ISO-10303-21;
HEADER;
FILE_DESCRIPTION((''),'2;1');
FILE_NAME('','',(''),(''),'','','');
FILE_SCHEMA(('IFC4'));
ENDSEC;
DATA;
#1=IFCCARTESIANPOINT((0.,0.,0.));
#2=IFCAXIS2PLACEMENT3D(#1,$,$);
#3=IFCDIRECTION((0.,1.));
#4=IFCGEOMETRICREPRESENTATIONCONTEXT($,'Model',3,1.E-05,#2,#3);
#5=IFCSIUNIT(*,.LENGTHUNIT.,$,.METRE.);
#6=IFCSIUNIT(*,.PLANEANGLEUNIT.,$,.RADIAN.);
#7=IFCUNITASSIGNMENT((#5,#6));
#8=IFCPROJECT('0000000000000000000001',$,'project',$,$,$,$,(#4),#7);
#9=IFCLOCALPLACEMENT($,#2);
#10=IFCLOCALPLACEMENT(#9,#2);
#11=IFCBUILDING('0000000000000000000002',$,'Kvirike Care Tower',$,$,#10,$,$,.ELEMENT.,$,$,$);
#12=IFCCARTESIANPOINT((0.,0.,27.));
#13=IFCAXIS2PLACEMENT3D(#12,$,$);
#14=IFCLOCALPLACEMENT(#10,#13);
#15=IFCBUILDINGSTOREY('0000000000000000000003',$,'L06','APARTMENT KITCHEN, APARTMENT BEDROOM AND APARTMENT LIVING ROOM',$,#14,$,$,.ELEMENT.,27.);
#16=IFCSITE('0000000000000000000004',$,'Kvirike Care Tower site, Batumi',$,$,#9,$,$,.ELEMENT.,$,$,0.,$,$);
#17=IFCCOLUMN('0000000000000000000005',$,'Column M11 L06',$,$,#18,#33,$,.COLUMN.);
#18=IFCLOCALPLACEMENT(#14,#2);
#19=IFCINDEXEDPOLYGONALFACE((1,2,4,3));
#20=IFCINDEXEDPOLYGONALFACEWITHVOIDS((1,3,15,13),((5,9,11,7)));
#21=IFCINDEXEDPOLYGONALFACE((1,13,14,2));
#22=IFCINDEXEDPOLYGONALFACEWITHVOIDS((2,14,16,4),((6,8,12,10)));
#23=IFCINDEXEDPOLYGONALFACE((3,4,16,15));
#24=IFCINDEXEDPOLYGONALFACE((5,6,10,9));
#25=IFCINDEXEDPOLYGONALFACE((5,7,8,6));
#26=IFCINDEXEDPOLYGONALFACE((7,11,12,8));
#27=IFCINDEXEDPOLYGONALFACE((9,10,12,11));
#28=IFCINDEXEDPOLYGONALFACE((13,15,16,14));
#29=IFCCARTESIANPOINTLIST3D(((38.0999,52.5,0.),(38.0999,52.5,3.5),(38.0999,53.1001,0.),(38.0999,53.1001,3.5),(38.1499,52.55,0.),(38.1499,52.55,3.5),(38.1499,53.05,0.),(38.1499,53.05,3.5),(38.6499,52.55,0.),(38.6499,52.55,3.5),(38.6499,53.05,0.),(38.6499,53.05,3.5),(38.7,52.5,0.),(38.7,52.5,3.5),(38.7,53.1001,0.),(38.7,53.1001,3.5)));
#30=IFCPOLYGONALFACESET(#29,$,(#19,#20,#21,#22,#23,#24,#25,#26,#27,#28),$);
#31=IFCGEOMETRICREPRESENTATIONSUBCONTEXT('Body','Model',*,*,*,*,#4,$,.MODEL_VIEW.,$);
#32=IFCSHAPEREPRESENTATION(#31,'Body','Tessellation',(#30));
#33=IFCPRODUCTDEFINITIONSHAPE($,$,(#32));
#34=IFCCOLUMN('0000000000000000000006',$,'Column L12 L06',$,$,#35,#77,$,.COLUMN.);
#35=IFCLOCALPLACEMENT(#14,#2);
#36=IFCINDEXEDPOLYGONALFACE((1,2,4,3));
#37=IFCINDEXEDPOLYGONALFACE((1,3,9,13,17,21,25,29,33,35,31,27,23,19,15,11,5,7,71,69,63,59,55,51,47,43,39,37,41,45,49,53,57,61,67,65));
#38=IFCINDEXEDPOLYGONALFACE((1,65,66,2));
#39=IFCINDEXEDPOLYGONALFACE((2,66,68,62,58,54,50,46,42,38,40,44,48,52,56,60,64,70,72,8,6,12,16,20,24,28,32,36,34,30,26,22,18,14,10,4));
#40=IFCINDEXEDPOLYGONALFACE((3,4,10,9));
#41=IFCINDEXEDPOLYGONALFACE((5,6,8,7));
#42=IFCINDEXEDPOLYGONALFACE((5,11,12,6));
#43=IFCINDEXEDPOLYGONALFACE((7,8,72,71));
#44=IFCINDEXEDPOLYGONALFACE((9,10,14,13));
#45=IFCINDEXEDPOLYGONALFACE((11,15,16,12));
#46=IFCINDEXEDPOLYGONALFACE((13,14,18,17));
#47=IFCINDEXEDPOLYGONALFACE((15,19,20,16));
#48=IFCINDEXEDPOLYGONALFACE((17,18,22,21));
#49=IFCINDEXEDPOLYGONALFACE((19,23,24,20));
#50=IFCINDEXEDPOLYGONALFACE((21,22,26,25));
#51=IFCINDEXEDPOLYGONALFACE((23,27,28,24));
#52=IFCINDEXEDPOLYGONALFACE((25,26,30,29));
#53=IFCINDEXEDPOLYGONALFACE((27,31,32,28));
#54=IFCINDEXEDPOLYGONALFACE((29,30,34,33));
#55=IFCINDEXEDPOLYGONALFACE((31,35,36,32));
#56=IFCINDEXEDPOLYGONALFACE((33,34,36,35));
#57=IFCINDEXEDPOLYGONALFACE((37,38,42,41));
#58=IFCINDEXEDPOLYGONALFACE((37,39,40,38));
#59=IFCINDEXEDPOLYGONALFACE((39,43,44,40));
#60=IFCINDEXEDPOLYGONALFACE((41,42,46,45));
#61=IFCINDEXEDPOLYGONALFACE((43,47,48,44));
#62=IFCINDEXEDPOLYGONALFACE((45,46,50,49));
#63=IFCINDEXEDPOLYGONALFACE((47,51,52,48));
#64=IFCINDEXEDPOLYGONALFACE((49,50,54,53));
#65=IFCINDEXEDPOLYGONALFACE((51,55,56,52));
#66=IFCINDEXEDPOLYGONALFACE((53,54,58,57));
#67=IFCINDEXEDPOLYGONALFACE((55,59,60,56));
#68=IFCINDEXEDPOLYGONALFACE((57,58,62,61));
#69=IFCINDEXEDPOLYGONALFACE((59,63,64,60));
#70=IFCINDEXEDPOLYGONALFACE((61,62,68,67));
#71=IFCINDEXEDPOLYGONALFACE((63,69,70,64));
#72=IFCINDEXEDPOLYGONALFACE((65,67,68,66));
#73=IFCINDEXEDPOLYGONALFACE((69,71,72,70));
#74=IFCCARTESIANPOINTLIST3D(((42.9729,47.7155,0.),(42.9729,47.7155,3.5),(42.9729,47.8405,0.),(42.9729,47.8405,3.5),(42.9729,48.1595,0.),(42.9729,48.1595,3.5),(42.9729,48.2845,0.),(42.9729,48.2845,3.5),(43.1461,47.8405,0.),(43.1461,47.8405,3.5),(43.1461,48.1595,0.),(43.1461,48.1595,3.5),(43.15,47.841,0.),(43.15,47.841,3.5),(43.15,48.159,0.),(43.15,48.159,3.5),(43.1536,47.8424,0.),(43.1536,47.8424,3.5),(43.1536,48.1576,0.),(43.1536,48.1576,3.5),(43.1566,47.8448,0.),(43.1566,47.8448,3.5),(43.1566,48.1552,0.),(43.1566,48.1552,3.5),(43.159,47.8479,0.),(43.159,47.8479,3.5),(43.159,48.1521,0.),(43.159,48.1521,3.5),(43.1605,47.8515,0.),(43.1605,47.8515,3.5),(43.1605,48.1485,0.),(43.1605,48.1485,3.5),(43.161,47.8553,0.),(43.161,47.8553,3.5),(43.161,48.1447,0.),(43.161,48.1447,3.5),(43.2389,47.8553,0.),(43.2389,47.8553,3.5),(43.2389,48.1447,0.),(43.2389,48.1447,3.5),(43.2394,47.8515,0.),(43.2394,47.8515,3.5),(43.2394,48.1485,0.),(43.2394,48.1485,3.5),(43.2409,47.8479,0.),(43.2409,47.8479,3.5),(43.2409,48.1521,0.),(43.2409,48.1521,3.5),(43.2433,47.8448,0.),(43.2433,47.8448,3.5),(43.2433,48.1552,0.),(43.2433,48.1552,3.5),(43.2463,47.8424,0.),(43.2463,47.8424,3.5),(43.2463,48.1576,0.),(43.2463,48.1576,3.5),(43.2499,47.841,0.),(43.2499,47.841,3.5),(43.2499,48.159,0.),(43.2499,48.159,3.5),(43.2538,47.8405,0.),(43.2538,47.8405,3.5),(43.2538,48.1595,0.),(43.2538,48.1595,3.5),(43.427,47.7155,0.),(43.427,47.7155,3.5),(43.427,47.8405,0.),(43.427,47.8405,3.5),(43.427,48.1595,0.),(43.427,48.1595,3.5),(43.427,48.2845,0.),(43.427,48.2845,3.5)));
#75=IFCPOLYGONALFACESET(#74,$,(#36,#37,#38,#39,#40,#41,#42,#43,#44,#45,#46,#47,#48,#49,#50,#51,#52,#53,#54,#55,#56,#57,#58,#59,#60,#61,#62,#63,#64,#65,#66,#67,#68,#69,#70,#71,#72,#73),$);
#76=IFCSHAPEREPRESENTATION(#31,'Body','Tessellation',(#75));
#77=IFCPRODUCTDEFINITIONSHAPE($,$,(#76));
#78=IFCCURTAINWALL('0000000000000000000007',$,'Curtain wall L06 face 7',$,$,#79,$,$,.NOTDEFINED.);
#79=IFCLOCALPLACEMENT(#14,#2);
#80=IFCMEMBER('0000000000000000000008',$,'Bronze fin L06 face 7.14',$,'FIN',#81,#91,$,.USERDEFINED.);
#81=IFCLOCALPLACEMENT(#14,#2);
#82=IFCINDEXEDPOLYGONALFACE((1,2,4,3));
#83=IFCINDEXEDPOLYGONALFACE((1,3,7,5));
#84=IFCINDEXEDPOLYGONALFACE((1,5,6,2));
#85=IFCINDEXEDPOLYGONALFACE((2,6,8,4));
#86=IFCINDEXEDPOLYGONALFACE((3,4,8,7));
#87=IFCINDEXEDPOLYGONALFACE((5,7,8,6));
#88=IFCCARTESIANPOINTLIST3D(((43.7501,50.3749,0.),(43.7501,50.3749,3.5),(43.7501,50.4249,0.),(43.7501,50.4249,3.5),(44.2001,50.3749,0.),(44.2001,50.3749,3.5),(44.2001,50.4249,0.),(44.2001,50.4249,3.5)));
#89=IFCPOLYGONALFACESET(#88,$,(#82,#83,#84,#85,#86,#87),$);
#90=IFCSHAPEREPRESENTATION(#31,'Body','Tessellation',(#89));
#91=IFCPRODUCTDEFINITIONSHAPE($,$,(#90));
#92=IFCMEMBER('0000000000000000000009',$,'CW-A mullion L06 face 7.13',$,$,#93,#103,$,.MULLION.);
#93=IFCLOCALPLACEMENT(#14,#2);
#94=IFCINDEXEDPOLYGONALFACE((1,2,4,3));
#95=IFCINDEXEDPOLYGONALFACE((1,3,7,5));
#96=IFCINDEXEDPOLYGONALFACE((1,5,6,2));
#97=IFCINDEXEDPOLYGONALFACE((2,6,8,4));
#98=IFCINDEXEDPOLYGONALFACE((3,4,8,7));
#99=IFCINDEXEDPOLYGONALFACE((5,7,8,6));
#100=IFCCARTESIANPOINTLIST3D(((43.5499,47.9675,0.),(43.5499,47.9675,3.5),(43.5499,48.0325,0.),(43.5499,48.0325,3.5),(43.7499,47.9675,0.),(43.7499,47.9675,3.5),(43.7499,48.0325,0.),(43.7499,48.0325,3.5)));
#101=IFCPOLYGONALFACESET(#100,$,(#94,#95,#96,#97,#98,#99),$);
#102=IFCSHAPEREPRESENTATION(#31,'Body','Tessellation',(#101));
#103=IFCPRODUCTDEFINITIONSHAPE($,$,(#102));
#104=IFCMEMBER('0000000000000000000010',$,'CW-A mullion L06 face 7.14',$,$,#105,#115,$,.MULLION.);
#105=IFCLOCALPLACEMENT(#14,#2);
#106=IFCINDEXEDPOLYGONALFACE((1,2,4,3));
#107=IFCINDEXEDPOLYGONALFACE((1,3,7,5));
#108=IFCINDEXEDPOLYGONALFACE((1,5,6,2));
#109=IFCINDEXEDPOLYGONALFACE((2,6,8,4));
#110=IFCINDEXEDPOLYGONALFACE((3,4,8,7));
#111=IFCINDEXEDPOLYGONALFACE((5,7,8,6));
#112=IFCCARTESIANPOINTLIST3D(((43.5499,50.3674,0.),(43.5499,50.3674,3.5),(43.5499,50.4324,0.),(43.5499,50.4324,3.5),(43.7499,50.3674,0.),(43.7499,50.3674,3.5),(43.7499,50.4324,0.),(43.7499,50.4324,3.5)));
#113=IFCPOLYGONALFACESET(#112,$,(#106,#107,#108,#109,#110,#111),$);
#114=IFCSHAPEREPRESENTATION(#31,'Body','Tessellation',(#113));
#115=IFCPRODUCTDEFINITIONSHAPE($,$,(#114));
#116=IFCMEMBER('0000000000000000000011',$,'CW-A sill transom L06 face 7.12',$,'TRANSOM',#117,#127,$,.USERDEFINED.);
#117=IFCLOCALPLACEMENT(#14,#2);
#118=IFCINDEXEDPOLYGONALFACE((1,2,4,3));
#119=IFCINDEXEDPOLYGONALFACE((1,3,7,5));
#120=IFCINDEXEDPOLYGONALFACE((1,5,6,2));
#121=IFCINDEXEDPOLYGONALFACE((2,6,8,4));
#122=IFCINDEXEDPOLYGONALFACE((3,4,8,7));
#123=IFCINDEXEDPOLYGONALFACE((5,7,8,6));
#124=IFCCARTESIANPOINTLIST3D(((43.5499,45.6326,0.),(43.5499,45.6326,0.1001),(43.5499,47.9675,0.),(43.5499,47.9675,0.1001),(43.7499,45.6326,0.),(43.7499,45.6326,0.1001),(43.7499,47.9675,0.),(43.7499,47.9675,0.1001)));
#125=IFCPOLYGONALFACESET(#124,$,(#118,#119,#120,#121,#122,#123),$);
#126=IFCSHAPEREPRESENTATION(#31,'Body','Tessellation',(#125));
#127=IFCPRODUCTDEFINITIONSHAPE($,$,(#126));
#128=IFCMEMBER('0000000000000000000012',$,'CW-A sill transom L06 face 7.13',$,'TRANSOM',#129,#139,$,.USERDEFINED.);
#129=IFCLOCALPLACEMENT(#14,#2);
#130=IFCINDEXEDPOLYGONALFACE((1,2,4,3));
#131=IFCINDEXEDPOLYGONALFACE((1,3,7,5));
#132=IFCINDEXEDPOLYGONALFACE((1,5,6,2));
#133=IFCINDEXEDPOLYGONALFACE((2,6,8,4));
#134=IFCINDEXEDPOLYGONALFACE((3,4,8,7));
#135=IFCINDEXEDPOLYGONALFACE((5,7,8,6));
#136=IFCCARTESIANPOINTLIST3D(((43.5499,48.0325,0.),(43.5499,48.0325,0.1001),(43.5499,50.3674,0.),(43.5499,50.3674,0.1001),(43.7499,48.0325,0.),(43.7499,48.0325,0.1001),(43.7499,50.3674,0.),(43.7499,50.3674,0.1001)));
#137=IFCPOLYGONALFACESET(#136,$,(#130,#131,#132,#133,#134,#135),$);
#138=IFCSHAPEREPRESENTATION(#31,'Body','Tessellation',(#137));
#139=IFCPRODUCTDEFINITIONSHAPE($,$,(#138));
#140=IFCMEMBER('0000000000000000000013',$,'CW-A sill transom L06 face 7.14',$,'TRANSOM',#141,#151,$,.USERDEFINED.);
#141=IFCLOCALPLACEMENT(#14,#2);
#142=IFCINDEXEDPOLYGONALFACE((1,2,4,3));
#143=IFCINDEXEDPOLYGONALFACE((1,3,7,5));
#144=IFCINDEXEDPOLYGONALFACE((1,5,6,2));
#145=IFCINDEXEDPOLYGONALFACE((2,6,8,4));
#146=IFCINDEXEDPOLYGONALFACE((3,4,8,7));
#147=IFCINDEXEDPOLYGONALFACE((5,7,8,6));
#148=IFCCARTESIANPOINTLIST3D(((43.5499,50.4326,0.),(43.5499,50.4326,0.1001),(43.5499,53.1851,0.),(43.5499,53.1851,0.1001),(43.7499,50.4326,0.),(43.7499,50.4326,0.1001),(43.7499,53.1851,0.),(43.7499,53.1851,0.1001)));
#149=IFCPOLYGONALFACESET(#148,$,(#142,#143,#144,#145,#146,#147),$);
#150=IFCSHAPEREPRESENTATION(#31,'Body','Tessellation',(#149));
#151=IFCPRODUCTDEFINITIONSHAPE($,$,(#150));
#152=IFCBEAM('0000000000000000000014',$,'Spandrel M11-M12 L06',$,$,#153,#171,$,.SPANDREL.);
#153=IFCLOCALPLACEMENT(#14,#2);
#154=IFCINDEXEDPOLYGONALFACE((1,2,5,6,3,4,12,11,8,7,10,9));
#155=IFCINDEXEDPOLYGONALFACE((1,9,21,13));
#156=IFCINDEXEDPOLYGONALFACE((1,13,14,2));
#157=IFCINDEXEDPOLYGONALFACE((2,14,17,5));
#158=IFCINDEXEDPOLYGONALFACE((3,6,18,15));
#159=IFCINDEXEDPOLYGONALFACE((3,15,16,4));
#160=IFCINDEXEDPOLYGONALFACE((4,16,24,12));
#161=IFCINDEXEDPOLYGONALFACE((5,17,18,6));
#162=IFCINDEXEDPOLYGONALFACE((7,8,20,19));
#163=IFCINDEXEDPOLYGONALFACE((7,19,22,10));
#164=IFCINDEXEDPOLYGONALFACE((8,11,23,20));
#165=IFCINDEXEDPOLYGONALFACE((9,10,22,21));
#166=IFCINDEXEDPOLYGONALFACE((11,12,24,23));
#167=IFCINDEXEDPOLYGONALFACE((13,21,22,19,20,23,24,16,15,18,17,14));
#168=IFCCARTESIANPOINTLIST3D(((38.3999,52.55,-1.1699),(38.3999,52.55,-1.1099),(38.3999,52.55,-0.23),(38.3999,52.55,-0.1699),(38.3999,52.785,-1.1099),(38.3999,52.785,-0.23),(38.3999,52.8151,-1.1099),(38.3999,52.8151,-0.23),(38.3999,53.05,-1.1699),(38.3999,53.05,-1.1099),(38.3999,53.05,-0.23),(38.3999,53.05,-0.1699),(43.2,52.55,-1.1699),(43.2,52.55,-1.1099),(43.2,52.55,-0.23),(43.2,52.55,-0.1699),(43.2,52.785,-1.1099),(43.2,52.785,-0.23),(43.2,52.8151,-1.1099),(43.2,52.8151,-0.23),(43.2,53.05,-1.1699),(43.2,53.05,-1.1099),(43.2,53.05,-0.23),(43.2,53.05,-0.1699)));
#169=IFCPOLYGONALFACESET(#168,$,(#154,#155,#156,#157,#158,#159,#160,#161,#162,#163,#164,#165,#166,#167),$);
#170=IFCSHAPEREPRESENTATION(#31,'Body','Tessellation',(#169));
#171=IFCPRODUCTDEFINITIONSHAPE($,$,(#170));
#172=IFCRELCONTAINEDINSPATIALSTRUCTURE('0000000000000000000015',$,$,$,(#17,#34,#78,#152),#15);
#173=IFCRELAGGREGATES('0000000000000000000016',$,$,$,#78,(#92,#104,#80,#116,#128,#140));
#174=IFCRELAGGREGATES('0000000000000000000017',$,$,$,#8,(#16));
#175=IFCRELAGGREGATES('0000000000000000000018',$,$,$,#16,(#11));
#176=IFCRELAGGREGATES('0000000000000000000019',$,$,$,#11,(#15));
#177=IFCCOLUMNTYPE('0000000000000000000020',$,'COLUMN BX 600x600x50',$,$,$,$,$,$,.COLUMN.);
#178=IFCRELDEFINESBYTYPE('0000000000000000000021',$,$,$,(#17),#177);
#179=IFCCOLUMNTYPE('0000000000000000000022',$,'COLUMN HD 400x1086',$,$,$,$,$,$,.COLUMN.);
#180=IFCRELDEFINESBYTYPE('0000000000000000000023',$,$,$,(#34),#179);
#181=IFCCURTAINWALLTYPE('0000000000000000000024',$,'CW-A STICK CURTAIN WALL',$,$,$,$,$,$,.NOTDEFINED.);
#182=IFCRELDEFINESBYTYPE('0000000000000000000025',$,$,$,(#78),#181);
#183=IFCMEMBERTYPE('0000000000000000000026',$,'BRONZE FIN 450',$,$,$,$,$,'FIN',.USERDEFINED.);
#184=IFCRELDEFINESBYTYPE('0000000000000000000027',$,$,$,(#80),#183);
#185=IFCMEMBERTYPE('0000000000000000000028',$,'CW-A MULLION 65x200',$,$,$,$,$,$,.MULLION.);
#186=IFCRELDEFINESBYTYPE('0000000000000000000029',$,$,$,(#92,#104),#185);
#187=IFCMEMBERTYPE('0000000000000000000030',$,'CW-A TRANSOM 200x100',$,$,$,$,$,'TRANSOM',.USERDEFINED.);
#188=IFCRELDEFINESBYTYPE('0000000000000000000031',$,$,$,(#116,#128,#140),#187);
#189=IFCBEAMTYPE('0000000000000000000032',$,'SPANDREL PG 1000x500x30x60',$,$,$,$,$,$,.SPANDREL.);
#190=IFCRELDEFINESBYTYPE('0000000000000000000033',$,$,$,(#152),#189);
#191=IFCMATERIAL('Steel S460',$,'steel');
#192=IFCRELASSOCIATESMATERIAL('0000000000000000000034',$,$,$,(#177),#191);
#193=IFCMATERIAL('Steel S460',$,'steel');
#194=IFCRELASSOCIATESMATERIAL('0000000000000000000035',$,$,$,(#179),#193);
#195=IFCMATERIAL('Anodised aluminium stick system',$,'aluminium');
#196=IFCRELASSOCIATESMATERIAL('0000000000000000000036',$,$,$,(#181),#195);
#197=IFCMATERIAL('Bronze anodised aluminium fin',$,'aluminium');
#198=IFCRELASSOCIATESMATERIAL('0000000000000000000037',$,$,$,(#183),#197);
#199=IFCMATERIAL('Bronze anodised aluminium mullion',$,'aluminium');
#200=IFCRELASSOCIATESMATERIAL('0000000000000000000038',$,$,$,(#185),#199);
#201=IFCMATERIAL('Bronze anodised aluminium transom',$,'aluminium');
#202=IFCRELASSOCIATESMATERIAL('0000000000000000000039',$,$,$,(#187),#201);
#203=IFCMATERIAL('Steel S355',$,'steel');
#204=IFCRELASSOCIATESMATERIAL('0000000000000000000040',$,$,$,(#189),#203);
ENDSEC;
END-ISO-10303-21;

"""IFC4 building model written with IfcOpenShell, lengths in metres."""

from ifc_helpers import new_model, si_unit, direction, frame, origin, origin_2d, place, context, subcontext, project, spatial, rectangle, hollow_rectangle, i_section, extrude, material, material_profile, profile_set, type_object, element, aggregate, save


model = new_model("IFC4")

# Units and contexts
model_context = context("Model", 3, precision=1e-05, world=origin(), true_north=direction((0.0, 1.0)))
body_context = subcontext(model_context, "Body", "Model", "MODEL_VIEW")
ifc_project = project(units=[si_unit("LENGTHUNIT", "METRE"), si_unit("PLANEANGLEUNIT", "RADIAN")], contexts=[model_context])

# Site, building, storey
site_placement = place(None, origin())
site = spatial("IfcSite", under=ifc_project, at=site_placement, Name="Kvirike Care Tower site, Batumi", CompositionType="ELEMENT", RefElevation=0.0)
building_placement = place(site_placement, origin())
building = spatial("IfcBuilding", under=site, at=building_placement, Name="Kvirike Care Tower", CompositionType="ELEMENT")
storey_placement = place(building_placement, frame((0.0, 0.0, 27.0)))
storey = spatial("IfcBuildingStorey", under=building, at=storey_placement, Name="L06", Description="APARTMENT KITCHEN, APARTMENT BEDROOM AND APARTMENT LIVING ROOM", CompositionType="ELEMENT", Elevation=27.0)

# Columns
ifc_material_1 = material(Name="Steel S460", Category="steel")
ifc_material_profile_1 = material_profile(ifc_material_1, hollow_rectangle(XDim=0.6001, YDim=0.6001, WallThickness=0.05, at=origin_2d()), Name="BX 600x600x50")
ifc_profile_set_1 = profile_set([ifc_material_profile_1], Name="Steel S460")
column_type_1 = type_object("IfcColumnType", Name="COLUMN BX 600x600x50", PredefinedType="COLUMN", material=ifc_profile_set_1)
column_1_placement = place(storey_placement, frame((38.3999, 52.8, 0.0), z_axis=(0.0, 0.0, 1.0), x_axis=(0.0, 1.0, 0.0)))
element("IfcColumn", 1, at=column_1_placement, inside=storey, type_object=column_type_1, Name="Column M11 L06", PredefinedType="COLUMN", context=body_context, shape_type="SweptSolid", body=[
    extrude(hollow_rectangle(XDim=0.6001, YDim=0.6001, WallThickness=0.05, at=origin_2d()), origin(), (0.0, 0.0, 1.0), 3.5),
])
ifc_material_2 = material(Name="Steel S460", Category="steel")
ifc_material_profile_2 = material_profile(ifc_material_2, i_section(OverallWidth=0.4541, OverallDepth=0.5691, WebThickness=0.0779, FlangeThickness=0.125, FilletRadius=0.0149, at=origin_2d()), Name="HD 400x1086")
ifc_profile_set_2 = profile_set([ifc_material_profile_2], Name="Steel S460")
column_type_2 = type_object("IfcColumnType", Name="COLUMN HD 400x1086", PredefinedType="COLUMN", material=ifc_profile_set_2)
column_2_placement = place(storey_placement, frame((43.2, 48.0, 0.0), z_axis=(0.0, 0.0, 1.0), x_axis=(1.0, 0.0, 0.0)))
element("IfcColumn", 2, at=column_2_placement, inside=storey, type_object=column_type_2, Name="Column L12 L06", PredefinedType="COLUMN", context=body_context, shape_type="SweptSolid", body=[
    extrude(i_section(OverallWidth=0.4541, OverallDepth=0.5691, WebThickness=0.0779, FlangeThickness=0.125, FilletRadius=0.0149, at=origin_2d()), origin(), (0.0, 0.0, 1.0), 3.5),
])

# Curtain wall, members
ifc_material_3 = material(Name="Anodised aluminium stick system", Category="aluminium")
curtain_wall_type = type_object("IfcCurtainWallType", Name="CW-A STICK CURTAIN WALL", PredefinedType="NOTDEFINED", material=ifc_material_3)
curtain_wall_placement = place(storey_placement, origin())
curtain_wall = element("IfcCurtainWall", 3, at=curtain_wall_placement, inside=storey, type_object=curtain_wall_type, Name="Curtain wall L06 face 7", PredefinedType="NOTDEFINED")
ifc_material_4 = material(Name="Bronze anodised aluminium fin", Category="aluminium")
ifc_material_profile_3 = material_profile(ifc_material_4, rectangle(XDim=0.05, YDim=0.45, at=origin_2d()), Name="BRONZE FIN 450")
ifc_profile_set_3 = profile_set([ifc_material_profile_3], Name="Bronze anodised aluminium fin")
member_type_1 = type_object("IfcMemberType", Name="BRONZE FIN 450", ElementType="FIN", PredefinedType="USERDEFINED", material=ifc_profile_set_3)
member_1_placement = place(storey_placement, frame((43.9751, 50.3999, 0.0), z_axis=(0.0, 0.0, 1.0), x_axis=(0.0, 1.0, 0.0)))
member_1 = element("IfcMember", 4, at=member_1_placement, type_object=member_type_1, Name="Bronze fin L06 face 7.14", ObjectType="FIN", PredefinedType="USERDEFINED", context=body_context, shape_type="SweptSolid", body=[
    extrude(rectangle(XDim=0.05, YDim=0.45, at=origin_2d()), origin(), (0.0, 0.0, 1.0), 3.5),
])
ifc_material_5 = material(Name="Bronze anodised aluminium mullion", Category="aluminium")
ifc_material_profile_4 = material_profile(ifc_material_5, rectangle(XDim=0.0649, YDim=0.2, at=origin_2d()), Name="CW-A MULLION 65x200")
ifc_profile_set_4 = profile_set([ifc_material_profile_4], Name="Bronze anodised aluminium mullion")
member_type_2 = type_object("IfcMemberType", Name="CW-A MULLION 65x200", PredefinedType="MULLION", material=ifc_profile_set_4)
member_2_placement = place(storey_placement, frame((43.6499, 48.0, 0.0), z_axis=(0.0, 0.0, 1.0), x_axis=(0.0, 1.0, 0.0)))
member_2 = element("IfcMember", 5, at=member_2_placement, type_object=member_type_2, Name="CW-A mullion L06 face 7.13", PredefinedType="MULLION", context=body_context, shape_type="SweptSolid", body=[
    extrude(rectangle(XDim=0.0649, YDim=0.2, at=origin_2d()), origin(), (0.0, 0.0, 1.0), 3.5),
])
member_3_placement = place(storey_placement, frame((43.6499, 50.3999, 0.0), z_axis=(0.0, 0.0, 1.0), x_axis=(0.0, 1.0, 0.0)))
member_3 = element("IfcMember", 6, at=member_3_placement, type_object=member_type_2, Name="CW-A mullion L06 face 7.14", PredefinedType="MULLION", context=body_context, shape_type="SweptSolid", body=[
    extrude(rectangle(XDim=0.0649, YDim=0.2, at=origin_2d()), origin(), (0.0, 0.0, 1.0), 3.5),
])
ifc_material_6 = material(Name="Bronze anodised aluminium transom", Category="aluminium")
ifc_material_profile_5 = material_profile(ifc_material_6, rectangle(XDim=0.2, YDim=0.1001, at=origin_2d()), Name="CW-A TRANSOM 200x100")
ifc_profile_set_5 = profile_set([ifc_material_profile_5], Name="Bronze anodised aluminium transom")
member_type_3 = type_object("IfcMemberType", Name="CW-A TRANSOM 200x100", ElementType="TRANSOM", PredefinedType="USERDEFINED", material=ifc_profile_set_5)
member_4_placement = place(storey_placement, frame((43.6499, 45.6326, 0.05), z_axis=(0.0, 1.0, 0.0), x_axis=(-1.0, 0.0, 0.0)))
member_4 = element("IfcMember", 7, at=member_4_placement, type_object=member_type_3, Name="CW-A sill transom L06 face 7.12", ObjectType="TRANSOM", PredefinedType="USERDEFINED", context=body_context, shape_type="SweptSolid", body=[
    extrude(rectangle(XDim=0.2, YDim=0.1001, at=origin_2d()), origin(), (0.0, 0.0, 1.0), 2.335),
])
member_5_placement = place(storey_placement, frame((43.6499, 48.0325, 0.05), z_axis=(0.0, 1.0, 0.0), x_axis=(-1.0, 0.0, 0.0)))
member_5 = element("IfcMember", 8, at=member_5_placement, type_object=member_type_3, Name="CW-A sill transom L06 face 7.13", ObjectType="TRANSOM", PredefinedType="USERDEFINED", context=body_context, shape_type="SweptSolid", body=[
    extrude(rectangle(XDim=0.2, YDim=0.1001, at=origin_2d()), origin(), (0.0, 0.0, 1.0), 2.335),
])
member_6_placement = place(storey_placement, frame((43.6499, 50.4326, 0.05), z_axis=(0.0, 1.0, 0.0), x_axis=(-1.0, 0.0, 0.0)))
member_6 = element("IfcMember", 9, at=member_6_placement, type_object=member_type_3, Name="CW-A sill transom L06 face 7.14", ObjectType="TRANSOM", PredefinedType="USERDEFINED", context=body_context, shape_type="SweptSolid", body=[
    extrude(rectangle(XDim=0.2, YDim=0.1001, at=origin_2d()), origin(), (0.0, 0.0, 1.0), 2.7524),
])

# Beam
ifc_material_7 = material(Name="Steel S355", Category="steel")
ifc_material_profile_6 = material_profile(ifc_material_7, i_section(OverallWidth=0.5, OverallDepth=1.0, WebThickness=0.03, FlangeThickness=0.0601, at=origin_2d()), Name="PG 1000x500x30x60")
ifc_profile_set_6 = profile_set([ifc_material_profile_6], Name="Steel S355")
beam_type = type_object("IfcBeamType", Name="SPANDREL PG 1000x500x30x60", PredefinedType="SPANDREL", material=ifc_profile_set_6)
for number, where, z_axis, x_axis, name in (
    (10, (38.3999, 52.8, -0.6699), (1.0, 0.0, 0.0), (0.0, 1.0, 0.0), "Spandrel M11-M12 L06"),
):
    element("IfcBeam", number, at=place(storey_placement, frame(where, z_axis=z_axis, x_axis=x_axis)), inside=storey, type_object=beam_type, Name=name, PredefinedType="SPANDREL", context=body_context, shape_type="SweptSolid", body=[
        extrude(i_section(OverallWidth=0.5, OverallDepth=1.0, WebThickness=0.03, FlangeThickness=0.0601, at=origin_2d()), origin(), (0.0, 0.0, 1.0), 4.8),
    ])

aggregate(curtain_wall, [member_2, member_3, member_1, member_4, member_5, member_6])

save(model, "model.ifc")
